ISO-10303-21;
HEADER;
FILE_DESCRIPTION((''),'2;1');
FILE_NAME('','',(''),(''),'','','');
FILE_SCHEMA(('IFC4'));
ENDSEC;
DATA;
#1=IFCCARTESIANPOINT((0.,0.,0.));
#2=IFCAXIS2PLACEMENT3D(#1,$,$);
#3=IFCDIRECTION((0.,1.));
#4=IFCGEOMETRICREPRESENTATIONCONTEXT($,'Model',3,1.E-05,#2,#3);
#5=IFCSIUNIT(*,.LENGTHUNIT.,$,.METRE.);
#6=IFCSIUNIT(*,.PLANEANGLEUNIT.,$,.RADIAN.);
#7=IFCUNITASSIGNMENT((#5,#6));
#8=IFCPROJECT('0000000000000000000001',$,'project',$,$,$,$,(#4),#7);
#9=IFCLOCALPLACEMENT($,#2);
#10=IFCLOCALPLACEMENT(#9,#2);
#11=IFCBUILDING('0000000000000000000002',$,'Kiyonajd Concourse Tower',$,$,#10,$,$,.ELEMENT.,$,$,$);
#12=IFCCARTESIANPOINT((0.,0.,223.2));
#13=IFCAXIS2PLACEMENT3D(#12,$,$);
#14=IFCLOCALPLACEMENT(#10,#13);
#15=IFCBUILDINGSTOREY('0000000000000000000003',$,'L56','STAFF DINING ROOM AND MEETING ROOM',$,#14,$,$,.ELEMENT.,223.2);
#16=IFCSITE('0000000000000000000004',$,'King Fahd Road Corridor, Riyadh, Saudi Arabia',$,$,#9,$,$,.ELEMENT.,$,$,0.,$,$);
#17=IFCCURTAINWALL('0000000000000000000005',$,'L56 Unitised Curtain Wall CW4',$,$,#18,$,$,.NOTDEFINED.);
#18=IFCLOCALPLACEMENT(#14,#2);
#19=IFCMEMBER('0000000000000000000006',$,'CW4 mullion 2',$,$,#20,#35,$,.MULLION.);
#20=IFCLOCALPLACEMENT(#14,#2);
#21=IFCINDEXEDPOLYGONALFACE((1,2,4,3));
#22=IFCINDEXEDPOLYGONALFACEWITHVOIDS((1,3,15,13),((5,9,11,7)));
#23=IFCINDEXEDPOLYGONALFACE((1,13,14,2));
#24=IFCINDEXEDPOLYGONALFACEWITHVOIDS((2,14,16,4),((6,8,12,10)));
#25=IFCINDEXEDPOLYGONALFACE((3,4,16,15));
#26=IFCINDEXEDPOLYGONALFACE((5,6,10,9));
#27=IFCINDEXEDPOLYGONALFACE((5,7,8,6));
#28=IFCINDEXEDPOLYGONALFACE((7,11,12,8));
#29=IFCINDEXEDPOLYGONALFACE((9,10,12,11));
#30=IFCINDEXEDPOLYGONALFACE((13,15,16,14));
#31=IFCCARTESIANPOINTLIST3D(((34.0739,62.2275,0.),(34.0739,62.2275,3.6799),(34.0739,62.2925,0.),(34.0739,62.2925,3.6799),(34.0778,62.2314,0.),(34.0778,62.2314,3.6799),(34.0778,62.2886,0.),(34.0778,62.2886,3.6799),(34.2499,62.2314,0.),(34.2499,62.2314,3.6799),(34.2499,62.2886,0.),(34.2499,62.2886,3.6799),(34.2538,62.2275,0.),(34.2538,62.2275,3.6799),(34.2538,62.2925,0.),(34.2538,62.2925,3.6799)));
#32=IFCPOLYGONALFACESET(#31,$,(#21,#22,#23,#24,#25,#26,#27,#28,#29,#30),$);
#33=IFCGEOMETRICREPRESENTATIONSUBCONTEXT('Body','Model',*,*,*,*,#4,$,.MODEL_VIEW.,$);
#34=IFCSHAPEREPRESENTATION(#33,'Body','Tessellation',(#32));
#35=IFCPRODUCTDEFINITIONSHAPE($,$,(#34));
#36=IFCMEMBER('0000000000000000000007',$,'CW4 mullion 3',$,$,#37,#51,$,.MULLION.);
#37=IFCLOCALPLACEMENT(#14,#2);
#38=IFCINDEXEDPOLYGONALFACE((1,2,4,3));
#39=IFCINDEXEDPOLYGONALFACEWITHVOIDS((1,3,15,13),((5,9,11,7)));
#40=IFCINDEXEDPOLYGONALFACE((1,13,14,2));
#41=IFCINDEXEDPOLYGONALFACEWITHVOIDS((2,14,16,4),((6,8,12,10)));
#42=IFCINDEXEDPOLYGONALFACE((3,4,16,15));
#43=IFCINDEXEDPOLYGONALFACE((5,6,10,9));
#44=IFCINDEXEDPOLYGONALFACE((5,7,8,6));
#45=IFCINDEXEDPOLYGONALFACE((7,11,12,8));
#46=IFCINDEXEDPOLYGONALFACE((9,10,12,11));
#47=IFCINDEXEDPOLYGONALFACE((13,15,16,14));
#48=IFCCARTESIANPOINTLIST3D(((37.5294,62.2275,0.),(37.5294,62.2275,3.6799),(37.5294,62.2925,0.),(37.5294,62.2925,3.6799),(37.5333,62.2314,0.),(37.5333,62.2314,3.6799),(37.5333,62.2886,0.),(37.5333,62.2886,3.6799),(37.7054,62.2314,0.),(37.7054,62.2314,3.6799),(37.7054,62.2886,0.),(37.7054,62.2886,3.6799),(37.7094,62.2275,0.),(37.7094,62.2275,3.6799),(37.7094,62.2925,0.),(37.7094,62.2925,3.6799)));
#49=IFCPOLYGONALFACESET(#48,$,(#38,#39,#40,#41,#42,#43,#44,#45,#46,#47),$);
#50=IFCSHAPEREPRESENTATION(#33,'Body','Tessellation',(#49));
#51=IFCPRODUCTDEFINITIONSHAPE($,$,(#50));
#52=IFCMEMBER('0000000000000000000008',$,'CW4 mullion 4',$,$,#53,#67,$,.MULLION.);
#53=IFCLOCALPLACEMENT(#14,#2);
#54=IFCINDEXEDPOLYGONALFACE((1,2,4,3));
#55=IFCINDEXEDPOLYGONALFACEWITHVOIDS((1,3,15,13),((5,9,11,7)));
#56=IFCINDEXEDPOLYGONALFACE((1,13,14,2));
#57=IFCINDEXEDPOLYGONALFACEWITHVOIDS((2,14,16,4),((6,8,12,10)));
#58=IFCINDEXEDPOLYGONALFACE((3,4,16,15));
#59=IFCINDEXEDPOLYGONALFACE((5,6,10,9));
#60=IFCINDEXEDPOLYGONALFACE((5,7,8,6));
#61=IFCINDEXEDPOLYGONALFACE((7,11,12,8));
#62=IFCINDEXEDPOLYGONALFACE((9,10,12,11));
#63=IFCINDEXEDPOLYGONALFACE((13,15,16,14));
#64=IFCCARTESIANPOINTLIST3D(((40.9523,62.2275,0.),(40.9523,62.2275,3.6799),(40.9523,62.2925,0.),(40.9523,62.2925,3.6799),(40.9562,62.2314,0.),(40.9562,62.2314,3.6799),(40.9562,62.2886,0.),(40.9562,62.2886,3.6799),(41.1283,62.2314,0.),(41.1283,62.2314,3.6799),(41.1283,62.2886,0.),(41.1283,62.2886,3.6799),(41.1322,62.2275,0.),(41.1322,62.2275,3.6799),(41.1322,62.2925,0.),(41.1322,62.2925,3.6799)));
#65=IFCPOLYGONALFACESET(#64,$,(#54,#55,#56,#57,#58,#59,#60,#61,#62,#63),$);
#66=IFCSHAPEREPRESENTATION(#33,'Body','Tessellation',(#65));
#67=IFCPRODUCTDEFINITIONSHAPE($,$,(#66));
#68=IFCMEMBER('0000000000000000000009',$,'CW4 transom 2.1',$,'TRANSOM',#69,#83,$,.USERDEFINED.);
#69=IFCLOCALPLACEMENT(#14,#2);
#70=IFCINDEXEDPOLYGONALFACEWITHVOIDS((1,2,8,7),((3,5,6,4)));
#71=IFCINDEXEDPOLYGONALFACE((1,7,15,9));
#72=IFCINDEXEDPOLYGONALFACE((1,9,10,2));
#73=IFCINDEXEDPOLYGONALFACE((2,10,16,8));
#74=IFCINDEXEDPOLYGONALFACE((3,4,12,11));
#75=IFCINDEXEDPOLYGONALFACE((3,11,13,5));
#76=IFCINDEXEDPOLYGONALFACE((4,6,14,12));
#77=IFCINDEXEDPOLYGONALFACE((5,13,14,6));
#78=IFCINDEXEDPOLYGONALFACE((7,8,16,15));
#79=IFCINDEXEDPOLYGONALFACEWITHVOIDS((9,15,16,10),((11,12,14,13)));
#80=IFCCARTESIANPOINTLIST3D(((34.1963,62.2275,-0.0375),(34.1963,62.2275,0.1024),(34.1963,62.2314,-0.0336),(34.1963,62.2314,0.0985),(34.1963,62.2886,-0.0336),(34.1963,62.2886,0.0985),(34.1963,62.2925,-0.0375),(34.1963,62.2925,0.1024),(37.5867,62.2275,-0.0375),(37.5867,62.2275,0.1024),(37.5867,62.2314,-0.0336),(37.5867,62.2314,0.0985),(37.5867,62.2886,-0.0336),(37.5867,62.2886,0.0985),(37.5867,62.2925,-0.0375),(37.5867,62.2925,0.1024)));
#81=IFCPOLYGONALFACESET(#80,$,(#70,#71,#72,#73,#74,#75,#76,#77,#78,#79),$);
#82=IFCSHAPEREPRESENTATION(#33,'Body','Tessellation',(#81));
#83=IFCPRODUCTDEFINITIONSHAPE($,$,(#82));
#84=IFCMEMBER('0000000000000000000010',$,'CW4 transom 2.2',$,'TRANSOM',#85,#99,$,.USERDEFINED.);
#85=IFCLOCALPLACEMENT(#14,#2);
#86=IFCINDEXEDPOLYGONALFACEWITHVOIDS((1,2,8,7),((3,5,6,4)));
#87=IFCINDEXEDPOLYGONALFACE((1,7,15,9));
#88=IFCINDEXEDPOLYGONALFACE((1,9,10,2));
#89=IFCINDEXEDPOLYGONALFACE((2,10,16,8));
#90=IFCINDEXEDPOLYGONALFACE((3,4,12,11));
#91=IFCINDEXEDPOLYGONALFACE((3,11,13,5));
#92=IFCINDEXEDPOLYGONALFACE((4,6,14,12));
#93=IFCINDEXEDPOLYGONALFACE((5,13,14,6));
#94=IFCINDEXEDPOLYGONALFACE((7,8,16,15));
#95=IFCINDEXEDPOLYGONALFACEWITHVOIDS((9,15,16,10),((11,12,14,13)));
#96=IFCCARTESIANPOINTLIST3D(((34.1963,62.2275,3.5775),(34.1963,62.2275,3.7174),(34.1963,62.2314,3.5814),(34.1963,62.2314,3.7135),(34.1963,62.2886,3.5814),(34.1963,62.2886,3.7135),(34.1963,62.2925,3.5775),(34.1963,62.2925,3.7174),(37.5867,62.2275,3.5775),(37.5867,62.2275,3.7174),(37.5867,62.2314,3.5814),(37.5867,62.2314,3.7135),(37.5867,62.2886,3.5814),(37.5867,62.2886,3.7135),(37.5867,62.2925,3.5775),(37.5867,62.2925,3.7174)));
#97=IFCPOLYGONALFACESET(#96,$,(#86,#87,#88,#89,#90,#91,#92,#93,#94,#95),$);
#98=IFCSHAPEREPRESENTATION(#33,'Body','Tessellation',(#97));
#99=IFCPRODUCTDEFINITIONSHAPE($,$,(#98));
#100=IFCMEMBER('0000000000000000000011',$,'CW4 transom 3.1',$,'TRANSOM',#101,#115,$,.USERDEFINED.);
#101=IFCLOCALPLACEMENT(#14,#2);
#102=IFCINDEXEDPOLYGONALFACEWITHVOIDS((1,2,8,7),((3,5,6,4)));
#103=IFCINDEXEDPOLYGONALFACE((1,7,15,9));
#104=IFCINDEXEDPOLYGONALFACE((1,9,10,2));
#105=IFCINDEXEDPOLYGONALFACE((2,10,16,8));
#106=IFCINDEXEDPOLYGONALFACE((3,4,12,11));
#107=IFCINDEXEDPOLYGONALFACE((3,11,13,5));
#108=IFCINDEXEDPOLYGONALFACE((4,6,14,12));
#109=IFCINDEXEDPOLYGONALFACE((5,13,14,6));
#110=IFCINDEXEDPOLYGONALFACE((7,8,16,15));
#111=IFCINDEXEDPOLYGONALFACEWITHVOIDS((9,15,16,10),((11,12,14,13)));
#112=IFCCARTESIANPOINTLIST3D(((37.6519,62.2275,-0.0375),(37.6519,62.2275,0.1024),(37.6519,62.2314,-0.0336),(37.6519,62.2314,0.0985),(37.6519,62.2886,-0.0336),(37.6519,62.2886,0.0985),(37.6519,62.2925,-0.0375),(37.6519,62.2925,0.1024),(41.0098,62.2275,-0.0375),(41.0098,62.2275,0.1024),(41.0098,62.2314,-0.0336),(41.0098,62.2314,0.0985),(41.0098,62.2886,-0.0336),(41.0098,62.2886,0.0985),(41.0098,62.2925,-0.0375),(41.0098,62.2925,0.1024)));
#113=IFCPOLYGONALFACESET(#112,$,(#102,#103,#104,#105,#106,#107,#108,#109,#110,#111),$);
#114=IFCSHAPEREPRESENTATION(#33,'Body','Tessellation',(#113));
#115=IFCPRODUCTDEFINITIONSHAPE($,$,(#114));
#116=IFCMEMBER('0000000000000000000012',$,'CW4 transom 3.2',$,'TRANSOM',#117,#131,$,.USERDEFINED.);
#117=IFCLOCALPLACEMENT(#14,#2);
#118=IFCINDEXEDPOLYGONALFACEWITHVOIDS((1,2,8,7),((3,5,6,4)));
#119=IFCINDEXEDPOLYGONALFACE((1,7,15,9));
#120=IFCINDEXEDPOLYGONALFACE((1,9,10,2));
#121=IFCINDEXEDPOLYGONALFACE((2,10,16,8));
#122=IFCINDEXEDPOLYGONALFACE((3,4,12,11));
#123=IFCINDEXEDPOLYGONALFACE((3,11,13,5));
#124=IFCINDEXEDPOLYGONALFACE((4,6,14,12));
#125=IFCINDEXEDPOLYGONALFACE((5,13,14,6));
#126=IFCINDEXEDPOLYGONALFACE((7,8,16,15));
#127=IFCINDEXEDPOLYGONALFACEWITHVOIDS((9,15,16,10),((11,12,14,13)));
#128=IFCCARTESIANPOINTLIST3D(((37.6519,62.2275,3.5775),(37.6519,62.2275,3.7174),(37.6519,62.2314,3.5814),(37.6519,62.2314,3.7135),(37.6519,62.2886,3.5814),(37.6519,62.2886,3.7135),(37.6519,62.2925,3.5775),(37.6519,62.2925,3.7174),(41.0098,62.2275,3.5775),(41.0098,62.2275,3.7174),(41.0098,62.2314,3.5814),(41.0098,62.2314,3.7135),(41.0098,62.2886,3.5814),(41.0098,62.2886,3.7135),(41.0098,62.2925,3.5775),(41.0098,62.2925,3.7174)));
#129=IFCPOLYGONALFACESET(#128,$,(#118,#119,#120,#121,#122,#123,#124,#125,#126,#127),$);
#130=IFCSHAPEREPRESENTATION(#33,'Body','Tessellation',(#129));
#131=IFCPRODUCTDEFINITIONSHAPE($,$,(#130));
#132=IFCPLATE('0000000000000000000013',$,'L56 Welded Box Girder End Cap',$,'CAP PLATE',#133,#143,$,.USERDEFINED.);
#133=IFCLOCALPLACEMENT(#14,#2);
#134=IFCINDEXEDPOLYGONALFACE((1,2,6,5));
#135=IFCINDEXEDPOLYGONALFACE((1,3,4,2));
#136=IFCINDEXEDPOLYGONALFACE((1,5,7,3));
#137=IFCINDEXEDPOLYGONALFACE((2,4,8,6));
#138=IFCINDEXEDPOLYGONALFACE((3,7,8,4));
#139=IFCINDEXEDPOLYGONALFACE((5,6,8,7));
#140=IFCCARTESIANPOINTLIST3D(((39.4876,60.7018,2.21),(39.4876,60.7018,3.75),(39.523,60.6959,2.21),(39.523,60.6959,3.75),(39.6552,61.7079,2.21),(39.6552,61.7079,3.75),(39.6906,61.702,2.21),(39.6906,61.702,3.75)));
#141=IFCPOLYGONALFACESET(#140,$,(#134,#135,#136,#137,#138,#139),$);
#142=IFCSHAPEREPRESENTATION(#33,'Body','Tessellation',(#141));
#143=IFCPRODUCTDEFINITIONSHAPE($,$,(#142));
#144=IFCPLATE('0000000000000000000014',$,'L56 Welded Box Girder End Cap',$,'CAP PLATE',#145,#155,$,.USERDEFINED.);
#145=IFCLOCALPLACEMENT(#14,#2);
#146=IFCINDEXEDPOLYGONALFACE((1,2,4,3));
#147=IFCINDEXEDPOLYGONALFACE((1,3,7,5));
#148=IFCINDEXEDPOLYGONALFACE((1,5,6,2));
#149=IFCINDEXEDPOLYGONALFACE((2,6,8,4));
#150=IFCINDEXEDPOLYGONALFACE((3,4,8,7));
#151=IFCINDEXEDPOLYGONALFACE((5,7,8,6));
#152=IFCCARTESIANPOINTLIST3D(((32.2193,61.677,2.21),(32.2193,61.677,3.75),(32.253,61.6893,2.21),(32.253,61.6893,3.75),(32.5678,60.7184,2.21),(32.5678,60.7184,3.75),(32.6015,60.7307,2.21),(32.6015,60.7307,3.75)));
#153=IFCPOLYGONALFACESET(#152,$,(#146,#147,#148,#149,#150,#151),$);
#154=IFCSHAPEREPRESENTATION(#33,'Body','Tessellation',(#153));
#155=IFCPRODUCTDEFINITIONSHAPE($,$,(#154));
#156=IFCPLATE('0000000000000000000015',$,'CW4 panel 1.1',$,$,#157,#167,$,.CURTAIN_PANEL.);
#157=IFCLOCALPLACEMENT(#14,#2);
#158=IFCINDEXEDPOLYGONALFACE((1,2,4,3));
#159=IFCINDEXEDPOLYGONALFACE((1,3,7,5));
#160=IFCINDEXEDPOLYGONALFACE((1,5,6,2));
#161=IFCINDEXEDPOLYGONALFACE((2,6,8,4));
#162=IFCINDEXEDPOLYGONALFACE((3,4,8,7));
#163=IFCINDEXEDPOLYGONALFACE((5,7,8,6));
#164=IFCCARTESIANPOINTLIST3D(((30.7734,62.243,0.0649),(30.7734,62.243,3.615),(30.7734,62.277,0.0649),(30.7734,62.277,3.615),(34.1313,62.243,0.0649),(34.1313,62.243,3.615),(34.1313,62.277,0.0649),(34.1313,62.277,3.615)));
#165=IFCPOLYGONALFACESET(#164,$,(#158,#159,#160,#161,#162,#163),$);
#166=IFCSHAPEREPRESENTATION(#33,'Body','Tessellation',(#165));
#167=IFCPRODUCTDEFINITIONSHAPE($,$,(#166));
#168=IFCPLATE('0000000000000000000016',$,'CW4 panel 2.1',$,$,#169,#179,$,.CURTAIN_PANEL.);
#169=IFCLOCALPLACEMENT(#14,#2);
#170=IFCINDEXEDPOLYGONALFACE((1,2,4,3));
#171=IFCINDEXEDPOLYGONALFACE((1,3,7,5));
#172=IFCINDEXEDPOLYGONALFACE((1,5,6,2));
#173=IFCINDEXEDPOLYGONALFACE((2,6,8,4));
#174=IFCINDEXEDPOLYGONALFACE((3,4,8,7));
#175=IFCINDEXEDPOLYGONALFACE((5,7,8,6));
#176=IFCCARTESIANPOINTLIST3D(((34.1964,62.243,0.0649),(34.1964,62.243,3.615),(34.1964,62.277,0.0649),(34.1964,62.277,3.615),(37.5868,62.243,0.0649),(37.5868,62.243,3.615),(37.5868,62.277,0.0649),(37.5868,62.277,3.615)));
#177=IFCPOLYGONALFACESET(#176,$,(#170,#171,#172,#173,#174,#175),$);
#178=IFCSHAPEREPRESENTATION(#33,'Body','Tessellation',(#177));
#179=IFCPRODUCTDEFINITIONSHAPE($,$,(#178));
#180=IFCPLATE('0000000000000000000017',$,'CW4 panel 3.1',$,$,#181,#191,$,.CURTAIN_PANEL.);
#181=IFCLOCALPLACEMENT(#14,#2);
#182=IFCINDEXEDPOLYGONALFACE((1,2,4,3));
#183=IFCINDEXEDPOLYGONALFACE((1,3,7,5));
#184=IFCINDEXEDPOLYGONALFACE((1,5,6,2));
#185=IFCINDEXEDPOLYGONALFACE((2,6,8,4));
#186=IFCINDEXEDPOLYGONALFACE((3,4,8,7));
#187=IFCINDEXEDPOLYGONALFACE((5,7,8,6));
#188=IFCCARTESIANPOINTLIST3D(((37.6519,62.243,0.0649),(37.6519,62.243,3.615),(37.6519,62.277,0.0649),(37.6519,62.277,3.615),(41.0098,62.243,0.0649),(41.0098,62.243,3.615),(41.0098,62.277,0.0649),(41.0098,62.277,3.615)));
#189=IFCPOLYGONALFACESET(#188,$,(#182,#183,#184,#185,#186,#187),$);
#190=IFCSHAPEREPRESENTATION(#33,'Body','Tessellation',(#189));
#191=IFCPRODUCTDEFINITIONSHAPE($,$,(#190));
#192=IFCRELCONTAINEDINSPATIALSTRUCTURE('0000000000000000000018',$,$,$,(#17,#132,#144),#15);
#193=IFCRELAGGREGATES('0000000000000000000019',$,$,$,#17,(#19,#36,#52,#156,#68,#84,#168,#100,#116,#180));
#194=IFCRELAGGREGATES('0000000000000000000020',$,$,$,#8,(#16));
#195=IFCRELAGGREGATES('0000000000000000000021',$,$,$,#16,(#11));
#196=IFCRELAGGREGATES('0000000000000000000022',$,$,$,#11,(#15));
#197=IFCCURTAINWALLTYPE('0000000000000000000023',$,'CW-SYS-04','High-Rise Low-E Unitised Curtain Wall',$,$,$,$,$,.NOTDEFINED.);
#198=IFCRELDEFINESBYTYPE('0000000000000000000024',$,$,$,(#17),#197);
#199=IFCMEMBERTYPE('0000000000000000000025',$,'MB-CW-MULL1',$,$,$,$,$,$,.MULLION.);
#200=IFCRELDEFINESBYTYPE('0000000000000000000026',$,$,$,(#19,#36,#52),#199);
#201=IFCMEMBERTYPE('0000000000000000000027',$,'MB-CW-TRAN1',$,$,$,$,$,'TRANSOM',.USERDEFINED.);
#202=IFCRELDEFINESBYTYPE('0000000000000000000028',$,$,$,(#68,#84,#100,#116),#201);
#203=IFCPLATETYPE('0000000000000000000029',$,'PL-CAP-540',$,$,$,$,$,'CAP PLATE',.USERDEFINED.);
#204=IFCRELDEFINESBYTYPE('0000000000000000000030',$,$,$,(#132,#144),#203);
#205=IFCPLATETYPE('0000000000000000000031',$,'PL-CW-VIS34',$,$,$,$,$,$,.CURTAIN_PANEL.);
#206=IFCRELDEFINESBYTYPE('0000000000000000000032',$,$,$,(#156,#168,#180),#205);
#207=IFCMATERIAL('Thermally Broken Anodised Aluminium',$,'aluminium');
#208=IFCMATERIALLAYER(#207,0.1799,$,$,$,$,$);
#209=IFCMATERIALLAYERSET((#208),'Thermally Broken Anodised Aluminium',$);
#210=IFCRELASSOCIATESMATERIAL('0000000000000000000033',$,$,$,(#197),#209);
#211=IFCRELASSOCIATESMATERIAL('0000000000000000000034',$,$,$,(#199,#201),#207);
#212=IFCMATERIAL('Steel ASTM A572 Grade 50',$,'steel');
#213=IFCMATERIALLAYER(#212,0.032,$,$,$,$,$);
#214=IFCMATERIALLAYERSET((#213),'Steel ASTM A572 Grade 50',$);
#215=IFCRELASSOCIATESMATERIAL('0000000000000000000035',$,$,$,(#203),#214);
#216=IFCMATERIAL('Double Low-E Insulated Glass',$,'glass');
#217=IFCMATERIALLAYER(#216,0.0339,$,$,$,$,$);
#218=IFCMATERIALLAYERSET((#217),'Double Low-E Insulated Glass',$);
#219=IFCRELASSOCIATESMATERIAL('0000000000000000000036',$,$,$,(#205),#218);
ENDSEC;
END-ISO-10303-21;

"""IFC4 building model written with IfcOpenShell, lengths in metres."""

from ifc_helpers import new_model, si_unit, direction, frame, origin, origin_2d, place, context, subcontext, project, spatial, rectangle, hollow_rectangle, extrude, material, layer, layer_set, material_profile, profile_set, type_object, element, aggregate, save


model = new_model("IFC4")

# Units and contexts
model_context = context("Model", 3, precision=1e-05, world=origin(), true_north=direction((0.0, 1.0)))
body_context = subcontext(model_context, "Body", "Model", "MODEL_VIEW")
ifc_project = project(units=[si_unit("LENGTHUNIT", "METRE"), si_unit("PLANEANGLEUNIT", "RADIAN")], contexts=[model_context])

# Site, building, storey
site_placement = place(None, origin())
site = spatial("IfcSite", under=ifc_project, at=site_placement, Name="King Fahd Road Corridor, Riyadh, Saudi Arabia", CompositionType="ELEMENT", RefElevation=0.0)
building_placement = place(site_placement, origin())
building = spatial("IfcBuilding", under=site, at=building_placement, Name="Kiyonajd Concourse Tower", CompositionType="ELEMENT")
storey_placement = place(building_placement, frame((0.0, 0.0, 223.2)))
storey = spatial("IfcBuildingStorey", under=building, at=storey_placement, Name="L56", Description="STAFF DINING ROOM AND MEETING ROOM", CompositionType="ELEMENT", Elevation=223.2)

# Shared definitions
ifc_material_1 = material(Name="Steel ASTM A572 Grade 50", Category="steel")

# Curtain wall, members
ifc_material_2 = material(Name="Thermally Broken Anodised Aluminium", Category="aluminium")
ifc_layer_1 = layer(ifc_material_2, 0.1799)
ifc_layer_set_1 = layer_set([ifc_layer_1], Name="Thermally Broken Anodised Aluminium")
curtain_wall_type = type_object("IfcCurtainWallType", Name="CW-SYS-04", Description="High-Rise Low-E Unitised Curtain Wall", PredefinedType="NOTDEFINED", material=ifc_layer_set_1)
curtain_wall_placement = place(storey_placement, origin())
curtain_wall = element("IfcCurtainWall", 1, at=curtain_wall_placement, inside=storey, type_object=curtain_wall_type, Name="L56 Unitised Curtain Wall CW4", PredefinedType="NOTDEFINED")
ifc_material_profile_1 = material_profile(ifc_material_2, hollow_rectangle(XDim=0.0649, YDim=0.1799, WallThickness=0.0039, at=origin_2d()), Name="MULL-65x180")
ifc_profile_set_1 = profile_set([ifc_material_profile_1], Name="Thermally Broken Anodised Aluminium")
member_type_1 = type_object("IfcMemberType", Name="MB-CW-MULL1", PredefinedType="MULLION", material=ifc_profile_set_1)
member_1_placement = place(storey_placement, frame((34.1638, 62.26, 0.0), z_axis=(0.0, 0.0, 1.0), x_axis=(0.0, 1.0, 0.0)))
member_1 = element("IfcMember", 2, at=member_1_placement, type_object=member_type_1, Name="CW4 mullion 2", PredefinedType="MULLION", context=body_context, shape_type="SweptSolid", body=[
    extrude(hollow_rectangle(XDim=0.0649, YDim=0.1799, WallThickness=0.0039, at=origin_2d()), origin(), (0.0, 0.0, 1.0), 3.6799),
])
member_2_placement = place(storey_placement, frame((37.6194, 62.26, 0.0), z_axis=(0.0, 0.0, 1.0), x_axis=(0.0, 1.0, 0.0)))
member_2 = element("IfcMember", 3, at=member_2_placement, type_object=member_type_1, Name="CW4 mullion 3", PredefinedType="MULLION", context=body_context, shape_type="SweptSolid", body=[
    extrude(hollow_rectangle(XDim=0.0649, YDim=0.1799, WallThickness=0.0039, at=origin_2d()), origin(), (0.0, 0.0, 1.0), 3.6799),
])
member_3_placement = place(storey_placement, frame((41.0422, 62.26, 0.0), z_axis=(0.0, 0.0, 1.0), x_axis=(0.0, 1.0, 0.0)))
member_3 = element("IfcMember", 4, at=member_3_placement, type_object=member_type_1, Name="CW4 mullion 4", PredefinedType="MULLION", context=body_context, shape_type="SweptSolid", body=[
    extrude(hollow_rectangle(XDim=0.0649, YDim=0.1799, WallThickness=0.0039, at=origin_2d()), origin(), (0.0, 0.0, 1.0), 3.6799),
])
ifc_material_profile_2 = material_profile(ifc_material_2, hollow_rectangle(XDim=0.0649, YDim=0.1399, WallThickness=0.0039, at=origin_2d()), Name="TRAN-65x140")
ifc_profile_set_2 = profile_set([ifc_material_profile_2], Name="Thermally Broken Anodised Aluminium")
member_type_2 = type_object("IfcMemberType", Name="MB-CW-TRAN1", ElementType="TRANSOM", PredefinedType="USERDEFINED", material=ifc_profile_set_2)
member_4_placement = place(storey_placement, frame((34.1963, 62.26, 0.0325), z_axis=(1.0, 0.0, 0.0), x_axis=(0.0, 1.0, 0.0)))
member_4 = element("IfcMember", 5, at=member_4_placement, type_object=member_type_2, Name="CW4 transom 2.1", ObjectType="TRANSOM", PredefinedType="USERDEFINED", context=body_context, shape_type="SweptSolid", body=[
    extrude(hollow_rectangle(XDim=0.0649, YDim=0.1399, WallThickness=0.0039, at=origin_2d()), origin(), (0.0, 0.0, 1.0), 3.3904),
])
member_5_placement = place(storey_placement, frame((34.1963, 62.26, 3.6475), z_axis=(1.0, 0.0, 0.0), x_axis=(0.0, 1.0, 0.0)))
member_5 = element("IfcMember", 6, at=member_5_placement, type_object=member_type_2, Name="CW4 transom 2.2", ObjectType="TRANSOM", PredefinedType="USERDEFINED", context=body_context, shape_type="SweptSolid", body=[
    extrude(hollow_rectangle(XDim=0.0649, YDim=0.1399, WallThickness=0.0039, at=origin_2d()), origin(), (0.0, 0.0, 1.0), 3.3904),
])
member_6_placement = place(storey_placement, frame((37.6519, 62.26, 0.0325), z_axis=(1.0, 0.0, 0.0), x_axis=(0.0, 1.0, 0.0)))
member_6 = element("IfcMember", 7, at=member_6_placement, type_object=member_type_2, Name="CW4 transom 3.1", ObjectType="TRANSOM", PredefinedType="USERDEFINED", context=body_context, shape_type="SweptSolid", body=[
    extrude(hollow_rectangle(XDim=0.0649, YDim=0.1399, WallThickness=0.0039, at=origin_2d()), origin(), (0.0, 0.0, 1.0), 3.3579),
])
member_7_placement = place(storey_placement, frame((37.6519, 62.26, 3.6475), z_axis=(1.0, 0.0, 0.0), x_axis=(0.0, 1.0, 0.0)))
member_7 = element("IfcMember", 8, at=member_7_placement, type_object=member_type_2, Name="CW4 transom 3.2", ObjectType="TRANSOM", PredefinedType="USERDEFINED", context=body_context, shape_type="SweptSolid", body=[
    extrude(hollow_rectangle(XDim=0.0649, YDim=0.1399, WallThickness=0.0039, at=origin_2d()), origin(), (0.0, 0.0, 1.0), 3.3579),
])

# Plates
ifc_layer_2 = layer(ifc_material_1, 0.032)
ifc_layer_set_2 = layer_set([ifc_layer_2], Name="Steel ASTM A572 Grade 50")
plate_type_1 = type_object("IfcPlateType", Name="PL-CAP-540", ElementType="CAP PLATE", PredefinedType="USERDEFINED", material=ifc_layer_set_2)
for number, where, z_axis, x_axis, name in (
    (9, (39.5891, 61.2019, 2.21), (0.0, 0.0, 1.0), (-0.986401, 0.164359, 0.0), "L56 Welded Box Girder End Cap"),
    (10, (32.4104, 61.2039, 2.21), (0.0, 0.0, 1.0), (0.939812, 0.341692, 0.0), "L56 Welded Box Girder End Cap"),
):
    element("IfcPlate", number, at=place(storey_placement, frame(where, z_axis=z_axis, x_axis=x_axis)), inside=storey, type_object=plate_type_1, Name=name, ObjectType="CAP PLATE", PredefinedType="USERDEFINED", context=body_context, shape_type="SweptSolid", body=[
        extrude(rectangle(XDim=0.0359, YDim=1.02, at=origin_2d()), origin(), (0.0, 0.0, 1.0), 1.54),
    ])

# Plates
ifc_material_3 = material(Name="Double Low-E Insulated Glass", Category="glass")
ifc_layer_3 = layer(ifc_material_3, 0.0339)
ifc_layer_set_3 = layer_set([ifc_layer_3], Name="Double Low-E Insulated Glass")
plate_type_2 = type_object("IfcPlateType", Name="PL-CW-VIS34", PredefinedType="CURTAIN_PANEL", material=ifc_layer_set_3)
plate_1_placement = place(storey_placement, frame((32.4524, 62.26, 0.0649), z_axis=(0.0, 0.0, 1.0), x_axis=(1.0, 0.0, 0.0)))
plate_1 = element("IfcPlate", 11, at=plate_1_placement, type_object=plate_type_2, Name="CW4 panel 1.1", PredefinedType="CURTAIN_PANEL", context=body_context, shape_type="SweptSolid", body=[
    extrude(rectangle(XDim=3.3579, YDim=0.0339, at=origin_2d()), origin(), (0.0, 0.0, 1.0), 3.55),
])
plate_2_placement = place(storey_placement, frame((35.8916, 62.26, 0.0649), z_axis=(0.0, 0.0, 1.0), x_axis=(1.0, 0.0, 0.0)))
plate_2 = element("IfcPlate", 12, at=plate_2_placement, type_object=plate_type_2, Name="CW4 panel 2.1", PredefinedType="CURTAIN_PANEL", context=body_context, shape_type="SweptSolid", body=[
    extrude(rectangle(XDim=3.3904, YDim=0.0339, at=origin_2d()), origin(), (0.0, 0.0, 1.0), 3.55),
])
plate_3_placement = place(storey_placement, frame((39.3308, 62.26, 0.0649), z_axis=(0.0, 0.0, 1.0), x_axis=(1.0, 0.0, 0.0)))
plate_3 = element("IfcPlate", 13, at=plate_3_placement, type_object=plate_type_2, Name="CW4 panel 3.1", PredefinedType="CURTAIN_PANEL", context=body_context, shape_type="SweptSolid", body=[
    extrude(rectangle(XDim=3.3579, YDim=0.0339, at=origin_2d()), origin(), (0.0, 0.0, 1.0), 3.55),
])
aggregate(curtain_wall, [member_1, member_2, member_3, plate_1, member_4, member_5, plate_2, member_6, member_7, plate_3])

save(model, "model.ifc")
